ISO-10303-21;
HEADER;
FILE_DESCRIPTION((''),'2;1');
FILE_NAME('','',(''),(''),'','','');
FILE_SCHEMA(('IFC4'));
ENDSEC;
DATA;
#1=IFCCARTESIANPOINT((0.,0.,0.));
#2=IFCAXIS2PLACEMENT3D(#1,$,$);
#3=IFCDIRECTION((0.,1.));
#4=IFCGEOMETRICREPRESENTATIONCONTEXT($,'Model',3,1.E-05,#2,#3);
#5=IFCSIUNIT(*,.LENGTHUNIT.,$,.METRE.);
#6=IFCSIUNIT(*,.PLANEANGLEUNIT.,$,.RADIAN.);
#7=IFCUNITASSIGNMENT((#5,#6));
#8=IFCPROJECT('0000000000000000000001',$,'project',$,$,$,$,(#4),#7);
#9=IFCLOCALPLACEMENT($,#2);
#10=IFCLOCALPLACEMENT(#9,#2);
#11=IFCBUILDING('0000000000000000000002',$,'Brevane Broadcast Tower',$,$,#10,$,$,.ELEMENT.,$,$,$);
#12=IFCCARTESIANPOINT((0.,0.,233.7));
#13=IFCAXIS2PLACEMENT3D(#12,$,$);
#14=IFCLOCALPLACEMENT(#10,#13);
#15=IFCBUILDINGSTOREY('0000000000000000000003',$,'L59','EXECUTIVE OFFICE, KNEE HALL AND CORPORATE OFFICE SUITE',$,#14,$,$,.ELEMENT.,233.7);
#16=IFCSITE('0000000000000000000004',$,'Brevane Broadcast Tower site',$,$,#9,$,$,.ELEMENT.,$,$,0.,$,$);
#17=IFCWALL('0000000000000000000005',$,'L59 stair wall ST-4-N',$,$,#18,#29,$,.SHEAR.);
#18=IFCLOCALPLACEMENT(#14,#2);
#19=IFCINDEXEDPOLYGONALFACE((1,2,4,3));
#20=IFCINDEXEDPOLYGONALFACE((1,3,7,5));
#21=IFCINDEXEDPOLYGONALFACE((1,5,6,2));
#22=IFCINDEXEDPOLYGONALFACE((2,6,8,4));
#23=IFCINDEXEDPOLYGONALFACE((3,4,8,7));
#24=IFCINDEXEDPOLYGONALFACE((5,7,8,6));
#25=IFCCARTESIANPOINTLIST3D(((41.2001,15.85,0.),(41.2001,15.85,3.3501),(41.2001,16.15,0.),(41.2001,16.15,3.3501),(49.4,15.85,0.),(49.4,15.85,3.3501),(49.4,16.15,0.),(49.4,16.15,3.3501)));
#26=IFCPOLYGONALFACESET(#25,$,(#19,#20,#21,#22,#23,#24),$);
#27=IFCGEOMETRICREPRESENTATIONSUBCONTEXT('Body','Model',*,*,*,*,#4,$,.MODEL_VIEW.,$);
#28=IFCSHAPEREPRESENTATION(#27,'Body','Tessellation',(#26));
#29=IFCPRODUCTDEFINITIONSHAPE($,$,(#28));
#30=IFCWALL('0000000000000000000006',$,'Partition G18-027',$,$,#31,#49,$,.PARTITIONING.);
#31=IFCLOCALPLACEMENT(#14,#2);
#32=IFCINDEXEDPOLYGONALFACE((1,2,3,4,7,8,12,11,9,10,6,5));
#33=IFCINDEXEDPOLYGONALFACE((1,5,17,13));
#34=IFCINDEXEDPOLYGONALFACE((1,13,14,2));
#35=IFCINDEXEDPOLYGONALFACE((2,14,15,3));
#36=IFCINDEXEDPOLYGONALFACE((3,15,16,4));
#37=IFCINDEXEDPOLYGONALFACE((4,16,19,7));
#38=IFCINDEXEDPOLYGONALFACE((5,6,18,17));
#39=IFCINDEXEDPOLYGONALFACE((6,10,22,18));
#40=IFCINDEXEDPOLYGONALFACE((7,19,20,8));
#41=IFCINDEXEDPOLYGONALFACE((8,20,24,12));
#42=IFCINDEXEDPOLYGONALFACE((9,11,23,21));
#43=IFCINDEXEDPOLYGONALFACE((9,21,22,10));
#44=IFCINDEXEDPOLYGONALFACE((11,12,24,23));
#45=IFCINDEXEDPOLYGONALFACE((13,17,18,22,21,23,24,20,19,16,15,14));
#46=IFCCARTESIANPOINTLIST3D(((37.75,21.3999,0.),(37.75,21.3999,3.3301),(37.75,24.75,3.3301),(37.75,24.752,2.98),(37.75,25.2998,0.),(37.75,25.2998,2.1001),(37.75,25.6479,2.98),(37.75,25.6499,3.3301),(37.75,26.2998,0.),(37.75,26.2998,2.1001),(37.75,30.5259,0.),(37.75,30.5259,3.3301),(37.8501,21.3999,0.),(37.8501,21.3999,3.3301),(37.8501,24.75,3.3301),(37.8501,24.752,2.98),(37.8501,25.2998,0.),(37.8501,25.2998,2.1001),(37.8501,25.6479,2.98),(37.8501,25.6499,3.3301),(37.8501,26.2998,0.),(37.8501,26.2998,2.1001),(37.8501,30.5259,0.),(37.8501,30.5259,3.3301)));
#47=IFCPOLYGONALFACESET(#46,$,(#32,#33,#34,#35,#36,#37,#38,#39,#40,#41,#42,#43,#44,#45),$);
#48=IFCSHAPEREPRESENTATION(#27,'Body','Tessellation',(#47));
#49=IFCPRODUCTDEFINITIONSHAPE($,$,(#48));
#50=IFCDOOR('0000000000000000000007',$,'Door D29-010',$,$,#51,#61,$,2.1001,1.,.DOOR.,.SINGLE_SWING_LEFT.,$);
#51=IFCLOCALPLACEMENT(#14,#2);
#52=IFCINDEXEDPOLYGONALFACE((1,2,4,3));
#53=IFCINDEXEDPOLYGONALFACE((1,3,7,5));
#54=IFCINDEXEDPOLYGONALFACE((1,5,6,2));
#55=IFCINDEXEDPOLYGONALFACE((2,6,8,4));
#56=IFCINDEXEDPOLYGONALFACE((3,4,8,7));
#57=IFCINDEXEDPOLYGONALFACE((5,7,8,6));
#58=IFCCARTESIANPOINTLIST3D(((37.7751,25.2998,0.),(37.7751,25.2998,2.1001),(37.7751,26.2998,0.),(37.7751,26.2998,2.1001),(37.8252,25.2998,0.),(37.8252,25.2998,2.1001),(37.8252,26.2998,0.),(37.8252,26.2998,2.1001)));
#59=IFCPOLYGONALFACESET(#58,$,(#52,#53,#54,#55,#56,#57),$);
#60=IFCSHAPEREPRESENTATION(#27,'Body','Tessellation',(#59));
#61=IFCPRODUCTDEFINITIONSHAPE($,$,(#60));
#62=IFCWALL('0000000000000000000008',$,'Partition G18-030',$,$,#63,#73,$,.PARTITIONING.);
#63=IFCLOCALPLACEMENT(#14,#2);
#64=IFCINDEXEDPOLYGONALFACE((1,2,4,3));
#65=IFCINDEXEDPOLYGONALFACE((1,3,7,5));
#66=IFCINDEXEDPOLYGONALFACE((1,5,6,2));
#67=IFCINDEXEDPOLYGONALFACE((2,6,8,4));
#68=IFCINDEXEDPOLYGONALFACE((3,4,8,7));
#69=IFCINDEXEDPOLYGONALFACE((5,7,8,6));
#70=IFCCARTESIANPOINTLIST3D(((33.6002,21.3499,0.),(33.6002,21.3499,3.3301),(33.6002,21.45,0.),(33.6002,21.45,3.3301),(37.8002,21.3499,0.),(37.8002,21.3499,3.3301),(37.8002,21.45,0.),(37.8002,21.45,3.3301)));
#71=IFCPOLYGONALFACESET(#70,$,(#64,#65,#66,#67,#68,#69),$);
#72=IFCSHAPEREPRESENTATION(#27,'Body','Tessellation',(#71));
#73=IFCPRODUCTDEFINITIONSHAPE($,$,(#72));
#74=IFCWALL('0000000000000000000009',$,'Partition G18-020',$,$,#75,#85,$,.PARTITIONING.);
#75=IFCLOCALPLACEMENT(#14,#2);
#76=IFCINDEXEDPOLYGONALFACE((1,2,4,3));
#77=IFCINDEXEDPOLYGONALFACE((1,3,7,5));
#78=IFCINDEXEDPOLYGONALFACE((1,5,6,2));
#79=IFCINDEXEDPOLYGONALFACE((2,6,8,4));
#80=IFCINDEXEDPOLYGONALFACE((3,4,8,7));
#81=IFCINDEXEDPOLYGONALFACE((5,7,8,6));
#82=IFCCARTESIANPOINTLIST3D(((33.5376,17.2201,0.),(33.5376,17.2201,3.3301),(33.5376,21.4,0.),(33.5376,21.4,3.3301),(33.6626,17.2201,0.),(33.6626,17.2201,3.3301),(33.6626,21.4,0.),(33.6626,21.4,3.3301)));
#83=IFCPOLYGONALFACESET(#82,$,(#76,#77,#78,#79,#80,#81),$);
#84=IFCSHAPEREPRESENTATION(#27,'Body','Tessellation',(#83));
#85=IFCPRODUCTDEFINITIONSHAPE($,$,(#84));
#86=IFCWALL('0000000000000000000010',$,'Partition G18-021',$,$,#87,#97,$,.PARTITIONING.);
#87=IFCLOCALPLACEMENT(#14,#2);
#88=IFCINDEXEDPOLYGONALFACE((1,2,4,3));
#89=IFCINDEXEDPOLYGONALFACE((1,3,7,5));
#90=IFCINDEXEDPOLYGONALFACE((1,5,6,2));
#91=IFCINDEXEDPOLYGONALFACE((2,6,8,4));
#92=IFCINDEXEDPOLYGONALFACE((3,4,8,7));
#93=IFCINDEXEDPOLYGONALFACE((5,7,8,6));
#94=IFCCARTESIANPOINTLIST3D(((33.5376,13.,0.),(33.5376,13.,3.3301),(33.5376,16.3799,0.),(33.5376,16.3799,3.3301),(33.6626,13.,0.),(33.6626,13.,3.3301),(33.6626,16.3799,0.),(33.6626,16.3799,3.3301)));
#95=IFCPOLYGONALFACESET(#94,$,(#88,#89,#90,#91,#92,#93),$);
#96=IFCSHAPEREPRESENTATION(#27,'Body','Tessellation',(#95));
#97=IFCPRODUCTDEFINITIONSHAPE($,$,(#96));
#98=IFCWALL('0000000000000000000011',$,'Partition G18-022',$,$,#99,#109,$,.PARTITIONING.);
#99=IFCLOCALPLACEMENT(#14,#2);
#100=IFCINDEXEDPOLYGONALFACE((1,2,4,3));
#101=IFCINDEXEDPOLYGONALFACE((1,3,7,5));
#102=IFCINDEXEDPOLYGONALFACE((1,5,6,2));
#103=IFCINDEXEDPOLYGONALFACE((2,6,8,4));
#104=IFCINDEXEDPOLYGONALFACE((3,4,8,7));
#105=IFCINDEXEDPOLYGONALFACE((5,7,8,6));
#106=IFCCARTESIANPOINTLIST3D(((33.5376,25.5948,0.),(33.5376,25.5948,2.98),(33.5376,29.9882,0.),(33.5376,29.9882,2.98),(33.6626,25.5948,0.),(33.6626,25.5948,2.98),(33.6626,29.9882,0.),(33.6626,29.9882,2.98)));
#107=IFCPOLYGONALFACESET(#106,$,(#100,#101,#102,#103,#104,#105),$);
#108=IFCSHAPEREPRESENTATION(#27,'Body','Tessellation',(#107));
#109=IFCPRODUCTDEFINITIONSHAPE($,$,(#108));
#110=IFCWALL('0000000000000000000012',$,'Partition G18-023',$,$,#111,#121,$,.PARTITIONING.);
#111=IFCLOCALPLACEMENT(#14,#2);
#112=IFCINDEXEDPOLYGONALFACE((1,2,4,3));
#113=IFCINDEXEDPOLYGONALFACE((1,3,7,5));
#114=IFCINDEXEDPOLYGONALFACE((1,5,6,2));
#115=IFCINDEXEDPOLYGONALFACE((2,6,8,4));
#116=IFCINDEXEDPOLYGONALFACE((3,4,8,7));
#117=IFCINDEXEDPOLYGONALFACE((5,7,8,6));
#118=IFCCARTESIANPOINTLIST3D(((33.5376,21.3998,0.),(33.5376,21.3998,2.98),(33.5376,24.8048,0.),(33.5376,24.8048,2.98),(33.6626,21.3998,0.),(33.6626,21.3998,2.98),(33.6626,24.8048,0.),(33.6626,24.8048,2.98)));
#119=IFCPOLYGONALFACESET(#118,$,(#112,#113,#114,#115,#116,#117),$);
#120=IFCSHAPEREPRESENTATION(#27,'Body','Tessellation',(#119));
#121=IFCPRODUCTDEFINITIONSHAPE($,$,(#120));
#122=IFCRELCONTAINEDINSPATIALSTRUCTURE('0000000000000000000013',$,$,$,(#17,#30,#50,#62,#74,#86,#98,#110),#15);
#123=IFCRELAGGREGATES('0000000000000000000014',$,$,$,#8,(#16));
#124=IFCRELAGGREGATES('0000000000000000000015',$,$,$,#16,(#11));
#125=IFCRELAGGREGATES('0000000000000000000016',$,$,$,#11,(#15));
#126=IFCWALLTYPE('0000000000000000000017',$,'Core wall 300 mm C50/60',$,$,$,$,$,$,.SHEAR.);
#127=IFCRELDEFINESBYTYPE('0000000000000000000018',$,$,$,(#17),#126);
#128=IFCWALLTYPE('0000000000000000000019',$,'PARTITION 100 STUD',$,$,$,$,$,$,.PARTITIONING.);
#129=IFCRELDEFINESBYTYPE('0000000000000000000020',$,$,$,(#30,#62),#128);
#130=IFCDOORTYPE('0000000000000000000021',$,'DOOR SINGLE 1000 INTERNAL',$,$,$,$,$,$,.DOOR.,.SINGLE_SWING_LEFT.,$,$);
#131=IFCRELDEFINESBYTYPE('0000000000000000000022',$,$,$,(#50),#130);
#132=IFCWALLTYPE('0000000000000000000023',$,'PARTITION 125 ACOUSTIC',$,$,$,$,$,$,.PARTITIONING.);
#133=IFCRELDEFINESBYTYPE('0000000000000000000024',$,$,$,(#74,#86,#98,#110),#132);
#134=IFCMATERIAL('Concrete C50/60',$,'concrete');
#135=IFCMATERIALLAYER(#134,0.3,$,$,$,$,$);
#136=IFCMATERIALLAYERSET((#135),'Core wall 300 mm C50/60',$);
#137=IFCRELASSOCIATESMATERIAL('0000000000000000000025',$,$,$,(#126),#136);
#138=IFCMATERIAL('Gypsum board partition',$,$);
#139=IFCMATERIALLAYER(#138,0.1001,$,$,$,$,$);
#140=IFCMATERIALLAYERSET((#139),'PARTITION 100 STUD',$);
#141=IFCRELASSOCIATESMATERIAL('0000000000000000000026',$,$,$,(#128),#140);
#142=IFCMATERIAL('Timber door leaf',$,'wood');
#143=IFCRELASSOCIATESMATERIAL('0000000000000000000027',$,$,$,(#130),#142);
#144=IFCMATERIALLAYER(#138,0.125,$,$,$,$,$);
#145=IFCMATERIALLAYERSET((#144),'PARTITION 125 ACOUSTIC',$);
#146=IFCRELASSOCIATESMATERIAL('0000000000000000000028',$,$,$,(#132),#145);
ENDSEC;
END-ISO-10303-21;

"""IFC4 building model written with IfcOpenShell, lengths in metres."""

from ifc_helpers import new_model, si_unit, direction, frame, frame_2d, origin, place, context, subcontext, project, spatial, polyline, rectangle, outline, extrude, material, layer, layer_set, type_object, element, fill, save


model = new_model("IFC4")

# Units and contexts
model_context = context("Model", 3, precision=1e-05, world=origin(), true_north=direction((0.0, 1.0)))
body_context = subcontext(model_context, "Body", "Model", "MODEL_VIEW")
ifc_project = project(units=[si_unit("LENGTHUNIT", "METRE"), si_unit("PLANEANGLEUNIT", "RADIAN")], contexts=[model_context])

# Site, building, storey
site_placement = place(None, origin())
site = spatial("IfcSite", under=ifc_project, at=site_placement, Name="Brevane Broadcast Tower site", CompositionType="ELEMENT", RefElevation=0.0)
building_placement = place(site_placement, origin())
building = spatial("IfcBuilding", under=site, at=building_placement, Name="Brevane Broadcast Tower", CompositionType="ELEMENT")
storey_placement = place(building_placement, frame((0.0, 0.0, 233.7)))
storey = spatial("IfcBuildingStorey", under=building, at=storey_placement, Name="L59", Description="EXECUTIVE OFFICE, KNEE HALL AND CORPORATE OFFICE SUITE", CompositionType="ELEMENT", Elevation=233.7)

# Shared definitions
ifc_material_1 = material(Name="Concrete C50/60", Category="concrete")

# Wall
ifc_layer_1 = layer(ifc_material_1, 0.3)
ifc_layer_set_1 = layer_set([ifc_layer_1], Name="Core wall 300 mm C50/60")
wall_type_1 = type_object("IfcWallType", Name="Core wall 300 mm C50/60", PredefinedType="SHEAR", material=ifc_layer_set_1)
wall_1_placement = place(storey_placement, frame((41.2, 16.0, 0.0), z_axis=(0.0, 0.0, 1.0), x_axis=(1.0, 0.0, 0.0)))
element("IfcWall", 1, at=wall_1_placement, inside=storey, type_object=wall_type_1, Name="L59 stair wall ST-4-N", PredefinedType="SHEAR", context=body_context, shape_type="SweptSolid", body=[
    extrude(rectangle(XDim=8.2, YDim=0.3, at=frame_2d((4.1001, 0.0))), origin(), (0.0, 0.0, 1.0), 3.3501),
])

# Wall, opening, door
ifc_material_2 = material(Name="Gypsum board partition")
ifc_layer_2 = layer(ifc_material_2, 0.1001)
ifc_layer_set_2 = layer_set([ifc_layer_2], Name="PARTITION 100 STUD")
wall_type_2 = type_object("IfcWallType", Name="PARTITION 100 STUD", PredefinedType="PARTITIONING", material=ifc_layer_set_2)
wall_2_placement = place(storey_placement, frame((37.8, 21.3999, 0.0), z_axis=(0.0, 0.0, 1.0), x_axis=(0.0, 1.0, 0.0)))
wall_2 = element("IfcWall", 2, at=wall_2_placement, inside=storey, type_object=wall_type_2, Name="Partition G18-027", PredefinedType="PARTITIONING", context=body_context, shape_type="SweptSolid", body=[
    extrude(outline(polyline([(0.0, 0.0), (9.126, 0.0), (9.126, 3.3301), (8.8428, 3.3301), (4.25, 3.3301), (4.248, 2.98), (3.3521, 2.98), (3.3501, 3.3301), (0.0, 3.3301), (0.0, 0.0)])), frame((0.0, 0.05, 0.0), z_axis=(0.0, -1.0, 0.0), x_axis=(1.0, 0.0, 0.0)), (0.0, 0.0, 1.0), 0.1001),
])
opening_placement = place(wall_2_placement, frame((3.8999, 0.0, 0.0)))
opening = element("IfcOpeningElement", 3, at=opening_placement, cuts=wall_2, PredefinedType="OPENING", context=body_context, shape_type="SweptSolid", body=[
    extrude(rectangle(XDim=1.0, YDim=2.1001, at=frame_2d((0.5, 1.05))), frame((0.0, 0.0601, 0.0), z_axis=(0.0, -1.0, 0.0), x_axis=(1.0, 0.0, 0.0)), (0.0, 0.0, 1.0), 0.1201),
])
ifc_material_3 = material(Name="Timber door leaf", Category="wood")
door_type = type_object("IfcDoorType", Name="DOOR SINGLE 1000 INTERNAL", OperationType="SINGLE_SWING_LEFT", PredefinedType="DOOR", material=ifc_material_3)
door_placement = place(opening_placement, origin())
door = element("IfcDoor", 4, at=door_placement, inside=storey, type_object=door_type, Name="Door D29-010", OperationType="SINGLE_SWING_LEFT", OverallHeight=2.1001, OverallWidth=1.0, PredefinedType="DOOR", context=body_context, shape_type="SweptSolid", body=[
    extrude(rectangle(XDim=1.0, YDim=2.1001, at=frame_2d((0.5, 1.05))), frame((0.0, 0.0249, 0.0), z_axis=(0.0, -1.0, 0.0), x_axis=(1.0, 0.0, 0.0)), (0.0, 0.0, 1.0), 0.05),
])
fill(opening, door)

# Walls
wall_3_placement = place(storey_placement, frame((33.6001, 21.3999, 0.0), z_axis=(0.0, 0.0, 1.0), x_axis=(1.0, 0.0, 0.0)))
element("IfcWall", 5, at=wall_3_placement, inside=storey, type_object=wall_type_2, Name="Partition G18-030", PredefinedType="PARTITIONING", context=body_context, shape_type="SweptSolid", body=[
    extrude(rectangle(XDim=4.2, YDim=0.1001, at=frame_2d((2.1001, 0.0))), origin(), (0.0, 0.0, 1.0), 3.3301),
])
ifc_layer_3 = layer(ifc_material_2, 0.125)
ifc_layer_set_3 = layer_set([ifc_layer_3], Name="PARTITION 125 ACOUSTIC")
wall_type_3 = type_object("IfcWallType", Name="PARTITION 125 ACOUSTIC", PredefinedType="PARTITIONING", material=ifc_layer_set_3)
wall_4_placement = place(storey_placement, frame((33.6001, 21.3999, 0.0), z_axis=(0.0, 0.0, 1.0), x_axis=(0.0, -1.0, 0.0)))
element("IfcWall", 6, at=wall_4_placement, inside=storey, type_object=wall_type_3, Name="Partition G18-020", PredefinedType="PARTITIONING", context=body_context, shape_type="SweptSolid", body=[
    extrude(rectangle(XDim=4.1799, YDim=0.125, at=frame_2d((2.0898, 0.0))), origin(), (0.0, 0.0, 1.0), 3.3301),
])
wall_5_placement = place(storey_placement, frame((33.6001, 16.3799, 0.0), z_axis=(0.0, 0.0, 1.0), x_axis=(0.0, -1.0, 0.0)))
element("IfcWall", 7, at=wall_5_placement, inside=storey, type_object=wall_type_3, Name="Partition G18-021", PredefinedType="PARTITIONING", context=body_context, shape_type="SweptSolid", body=[
    extrude(rectangle(XDim=3.3799, YDim=0.125, at=frame_2d((1.6899, 0.0))), origin(), (0.0, 0.0, 1.0), 3.3301),
])
wall_6_placement = place(storey_placement, frame((33.6001, 29.9883, 0.0), z_axis=(0.0, 0.0, 1.0), x_axis=(0.0, -1.0, 0.0)))
element("IfcWall", 8, at=wall_6_placement, inside=storey, type_object=wall_type_3, Name="Partition G18-022", PredefinedType="PARTITIONING", context=body_context, shape_type="SweptSolid", body=[
    extrude(rectangle(XDim=4.3933, YDim=0.125, at=frame_2d((2.1968, 0.0))), origin(), (0.0, 0.0, 1.0), 2.98),
])
wall_7_placement = place(storey_placement, frame((33.6001, 24.8049, 0.0), z_axis=(0.0, 0.0, 1.0), x_axis=(0.0, -1.0, 0.0)))
element("IfcWall", 9, at=wall_7_placement, inside=storey, type_object=wall_type_3, Name="Partition G18-023", PredefinedType="PARTITIONING", context=body_context, shape_type="SweptSolid", body=[
    extrude(rectangle(XDim=3.405, YDim=0.125, at=frame_2d((1.7026, 0.0))), origin(), (0.0, 0.0, 1.0), 2.98),
])

save(model, "model.ifc")
